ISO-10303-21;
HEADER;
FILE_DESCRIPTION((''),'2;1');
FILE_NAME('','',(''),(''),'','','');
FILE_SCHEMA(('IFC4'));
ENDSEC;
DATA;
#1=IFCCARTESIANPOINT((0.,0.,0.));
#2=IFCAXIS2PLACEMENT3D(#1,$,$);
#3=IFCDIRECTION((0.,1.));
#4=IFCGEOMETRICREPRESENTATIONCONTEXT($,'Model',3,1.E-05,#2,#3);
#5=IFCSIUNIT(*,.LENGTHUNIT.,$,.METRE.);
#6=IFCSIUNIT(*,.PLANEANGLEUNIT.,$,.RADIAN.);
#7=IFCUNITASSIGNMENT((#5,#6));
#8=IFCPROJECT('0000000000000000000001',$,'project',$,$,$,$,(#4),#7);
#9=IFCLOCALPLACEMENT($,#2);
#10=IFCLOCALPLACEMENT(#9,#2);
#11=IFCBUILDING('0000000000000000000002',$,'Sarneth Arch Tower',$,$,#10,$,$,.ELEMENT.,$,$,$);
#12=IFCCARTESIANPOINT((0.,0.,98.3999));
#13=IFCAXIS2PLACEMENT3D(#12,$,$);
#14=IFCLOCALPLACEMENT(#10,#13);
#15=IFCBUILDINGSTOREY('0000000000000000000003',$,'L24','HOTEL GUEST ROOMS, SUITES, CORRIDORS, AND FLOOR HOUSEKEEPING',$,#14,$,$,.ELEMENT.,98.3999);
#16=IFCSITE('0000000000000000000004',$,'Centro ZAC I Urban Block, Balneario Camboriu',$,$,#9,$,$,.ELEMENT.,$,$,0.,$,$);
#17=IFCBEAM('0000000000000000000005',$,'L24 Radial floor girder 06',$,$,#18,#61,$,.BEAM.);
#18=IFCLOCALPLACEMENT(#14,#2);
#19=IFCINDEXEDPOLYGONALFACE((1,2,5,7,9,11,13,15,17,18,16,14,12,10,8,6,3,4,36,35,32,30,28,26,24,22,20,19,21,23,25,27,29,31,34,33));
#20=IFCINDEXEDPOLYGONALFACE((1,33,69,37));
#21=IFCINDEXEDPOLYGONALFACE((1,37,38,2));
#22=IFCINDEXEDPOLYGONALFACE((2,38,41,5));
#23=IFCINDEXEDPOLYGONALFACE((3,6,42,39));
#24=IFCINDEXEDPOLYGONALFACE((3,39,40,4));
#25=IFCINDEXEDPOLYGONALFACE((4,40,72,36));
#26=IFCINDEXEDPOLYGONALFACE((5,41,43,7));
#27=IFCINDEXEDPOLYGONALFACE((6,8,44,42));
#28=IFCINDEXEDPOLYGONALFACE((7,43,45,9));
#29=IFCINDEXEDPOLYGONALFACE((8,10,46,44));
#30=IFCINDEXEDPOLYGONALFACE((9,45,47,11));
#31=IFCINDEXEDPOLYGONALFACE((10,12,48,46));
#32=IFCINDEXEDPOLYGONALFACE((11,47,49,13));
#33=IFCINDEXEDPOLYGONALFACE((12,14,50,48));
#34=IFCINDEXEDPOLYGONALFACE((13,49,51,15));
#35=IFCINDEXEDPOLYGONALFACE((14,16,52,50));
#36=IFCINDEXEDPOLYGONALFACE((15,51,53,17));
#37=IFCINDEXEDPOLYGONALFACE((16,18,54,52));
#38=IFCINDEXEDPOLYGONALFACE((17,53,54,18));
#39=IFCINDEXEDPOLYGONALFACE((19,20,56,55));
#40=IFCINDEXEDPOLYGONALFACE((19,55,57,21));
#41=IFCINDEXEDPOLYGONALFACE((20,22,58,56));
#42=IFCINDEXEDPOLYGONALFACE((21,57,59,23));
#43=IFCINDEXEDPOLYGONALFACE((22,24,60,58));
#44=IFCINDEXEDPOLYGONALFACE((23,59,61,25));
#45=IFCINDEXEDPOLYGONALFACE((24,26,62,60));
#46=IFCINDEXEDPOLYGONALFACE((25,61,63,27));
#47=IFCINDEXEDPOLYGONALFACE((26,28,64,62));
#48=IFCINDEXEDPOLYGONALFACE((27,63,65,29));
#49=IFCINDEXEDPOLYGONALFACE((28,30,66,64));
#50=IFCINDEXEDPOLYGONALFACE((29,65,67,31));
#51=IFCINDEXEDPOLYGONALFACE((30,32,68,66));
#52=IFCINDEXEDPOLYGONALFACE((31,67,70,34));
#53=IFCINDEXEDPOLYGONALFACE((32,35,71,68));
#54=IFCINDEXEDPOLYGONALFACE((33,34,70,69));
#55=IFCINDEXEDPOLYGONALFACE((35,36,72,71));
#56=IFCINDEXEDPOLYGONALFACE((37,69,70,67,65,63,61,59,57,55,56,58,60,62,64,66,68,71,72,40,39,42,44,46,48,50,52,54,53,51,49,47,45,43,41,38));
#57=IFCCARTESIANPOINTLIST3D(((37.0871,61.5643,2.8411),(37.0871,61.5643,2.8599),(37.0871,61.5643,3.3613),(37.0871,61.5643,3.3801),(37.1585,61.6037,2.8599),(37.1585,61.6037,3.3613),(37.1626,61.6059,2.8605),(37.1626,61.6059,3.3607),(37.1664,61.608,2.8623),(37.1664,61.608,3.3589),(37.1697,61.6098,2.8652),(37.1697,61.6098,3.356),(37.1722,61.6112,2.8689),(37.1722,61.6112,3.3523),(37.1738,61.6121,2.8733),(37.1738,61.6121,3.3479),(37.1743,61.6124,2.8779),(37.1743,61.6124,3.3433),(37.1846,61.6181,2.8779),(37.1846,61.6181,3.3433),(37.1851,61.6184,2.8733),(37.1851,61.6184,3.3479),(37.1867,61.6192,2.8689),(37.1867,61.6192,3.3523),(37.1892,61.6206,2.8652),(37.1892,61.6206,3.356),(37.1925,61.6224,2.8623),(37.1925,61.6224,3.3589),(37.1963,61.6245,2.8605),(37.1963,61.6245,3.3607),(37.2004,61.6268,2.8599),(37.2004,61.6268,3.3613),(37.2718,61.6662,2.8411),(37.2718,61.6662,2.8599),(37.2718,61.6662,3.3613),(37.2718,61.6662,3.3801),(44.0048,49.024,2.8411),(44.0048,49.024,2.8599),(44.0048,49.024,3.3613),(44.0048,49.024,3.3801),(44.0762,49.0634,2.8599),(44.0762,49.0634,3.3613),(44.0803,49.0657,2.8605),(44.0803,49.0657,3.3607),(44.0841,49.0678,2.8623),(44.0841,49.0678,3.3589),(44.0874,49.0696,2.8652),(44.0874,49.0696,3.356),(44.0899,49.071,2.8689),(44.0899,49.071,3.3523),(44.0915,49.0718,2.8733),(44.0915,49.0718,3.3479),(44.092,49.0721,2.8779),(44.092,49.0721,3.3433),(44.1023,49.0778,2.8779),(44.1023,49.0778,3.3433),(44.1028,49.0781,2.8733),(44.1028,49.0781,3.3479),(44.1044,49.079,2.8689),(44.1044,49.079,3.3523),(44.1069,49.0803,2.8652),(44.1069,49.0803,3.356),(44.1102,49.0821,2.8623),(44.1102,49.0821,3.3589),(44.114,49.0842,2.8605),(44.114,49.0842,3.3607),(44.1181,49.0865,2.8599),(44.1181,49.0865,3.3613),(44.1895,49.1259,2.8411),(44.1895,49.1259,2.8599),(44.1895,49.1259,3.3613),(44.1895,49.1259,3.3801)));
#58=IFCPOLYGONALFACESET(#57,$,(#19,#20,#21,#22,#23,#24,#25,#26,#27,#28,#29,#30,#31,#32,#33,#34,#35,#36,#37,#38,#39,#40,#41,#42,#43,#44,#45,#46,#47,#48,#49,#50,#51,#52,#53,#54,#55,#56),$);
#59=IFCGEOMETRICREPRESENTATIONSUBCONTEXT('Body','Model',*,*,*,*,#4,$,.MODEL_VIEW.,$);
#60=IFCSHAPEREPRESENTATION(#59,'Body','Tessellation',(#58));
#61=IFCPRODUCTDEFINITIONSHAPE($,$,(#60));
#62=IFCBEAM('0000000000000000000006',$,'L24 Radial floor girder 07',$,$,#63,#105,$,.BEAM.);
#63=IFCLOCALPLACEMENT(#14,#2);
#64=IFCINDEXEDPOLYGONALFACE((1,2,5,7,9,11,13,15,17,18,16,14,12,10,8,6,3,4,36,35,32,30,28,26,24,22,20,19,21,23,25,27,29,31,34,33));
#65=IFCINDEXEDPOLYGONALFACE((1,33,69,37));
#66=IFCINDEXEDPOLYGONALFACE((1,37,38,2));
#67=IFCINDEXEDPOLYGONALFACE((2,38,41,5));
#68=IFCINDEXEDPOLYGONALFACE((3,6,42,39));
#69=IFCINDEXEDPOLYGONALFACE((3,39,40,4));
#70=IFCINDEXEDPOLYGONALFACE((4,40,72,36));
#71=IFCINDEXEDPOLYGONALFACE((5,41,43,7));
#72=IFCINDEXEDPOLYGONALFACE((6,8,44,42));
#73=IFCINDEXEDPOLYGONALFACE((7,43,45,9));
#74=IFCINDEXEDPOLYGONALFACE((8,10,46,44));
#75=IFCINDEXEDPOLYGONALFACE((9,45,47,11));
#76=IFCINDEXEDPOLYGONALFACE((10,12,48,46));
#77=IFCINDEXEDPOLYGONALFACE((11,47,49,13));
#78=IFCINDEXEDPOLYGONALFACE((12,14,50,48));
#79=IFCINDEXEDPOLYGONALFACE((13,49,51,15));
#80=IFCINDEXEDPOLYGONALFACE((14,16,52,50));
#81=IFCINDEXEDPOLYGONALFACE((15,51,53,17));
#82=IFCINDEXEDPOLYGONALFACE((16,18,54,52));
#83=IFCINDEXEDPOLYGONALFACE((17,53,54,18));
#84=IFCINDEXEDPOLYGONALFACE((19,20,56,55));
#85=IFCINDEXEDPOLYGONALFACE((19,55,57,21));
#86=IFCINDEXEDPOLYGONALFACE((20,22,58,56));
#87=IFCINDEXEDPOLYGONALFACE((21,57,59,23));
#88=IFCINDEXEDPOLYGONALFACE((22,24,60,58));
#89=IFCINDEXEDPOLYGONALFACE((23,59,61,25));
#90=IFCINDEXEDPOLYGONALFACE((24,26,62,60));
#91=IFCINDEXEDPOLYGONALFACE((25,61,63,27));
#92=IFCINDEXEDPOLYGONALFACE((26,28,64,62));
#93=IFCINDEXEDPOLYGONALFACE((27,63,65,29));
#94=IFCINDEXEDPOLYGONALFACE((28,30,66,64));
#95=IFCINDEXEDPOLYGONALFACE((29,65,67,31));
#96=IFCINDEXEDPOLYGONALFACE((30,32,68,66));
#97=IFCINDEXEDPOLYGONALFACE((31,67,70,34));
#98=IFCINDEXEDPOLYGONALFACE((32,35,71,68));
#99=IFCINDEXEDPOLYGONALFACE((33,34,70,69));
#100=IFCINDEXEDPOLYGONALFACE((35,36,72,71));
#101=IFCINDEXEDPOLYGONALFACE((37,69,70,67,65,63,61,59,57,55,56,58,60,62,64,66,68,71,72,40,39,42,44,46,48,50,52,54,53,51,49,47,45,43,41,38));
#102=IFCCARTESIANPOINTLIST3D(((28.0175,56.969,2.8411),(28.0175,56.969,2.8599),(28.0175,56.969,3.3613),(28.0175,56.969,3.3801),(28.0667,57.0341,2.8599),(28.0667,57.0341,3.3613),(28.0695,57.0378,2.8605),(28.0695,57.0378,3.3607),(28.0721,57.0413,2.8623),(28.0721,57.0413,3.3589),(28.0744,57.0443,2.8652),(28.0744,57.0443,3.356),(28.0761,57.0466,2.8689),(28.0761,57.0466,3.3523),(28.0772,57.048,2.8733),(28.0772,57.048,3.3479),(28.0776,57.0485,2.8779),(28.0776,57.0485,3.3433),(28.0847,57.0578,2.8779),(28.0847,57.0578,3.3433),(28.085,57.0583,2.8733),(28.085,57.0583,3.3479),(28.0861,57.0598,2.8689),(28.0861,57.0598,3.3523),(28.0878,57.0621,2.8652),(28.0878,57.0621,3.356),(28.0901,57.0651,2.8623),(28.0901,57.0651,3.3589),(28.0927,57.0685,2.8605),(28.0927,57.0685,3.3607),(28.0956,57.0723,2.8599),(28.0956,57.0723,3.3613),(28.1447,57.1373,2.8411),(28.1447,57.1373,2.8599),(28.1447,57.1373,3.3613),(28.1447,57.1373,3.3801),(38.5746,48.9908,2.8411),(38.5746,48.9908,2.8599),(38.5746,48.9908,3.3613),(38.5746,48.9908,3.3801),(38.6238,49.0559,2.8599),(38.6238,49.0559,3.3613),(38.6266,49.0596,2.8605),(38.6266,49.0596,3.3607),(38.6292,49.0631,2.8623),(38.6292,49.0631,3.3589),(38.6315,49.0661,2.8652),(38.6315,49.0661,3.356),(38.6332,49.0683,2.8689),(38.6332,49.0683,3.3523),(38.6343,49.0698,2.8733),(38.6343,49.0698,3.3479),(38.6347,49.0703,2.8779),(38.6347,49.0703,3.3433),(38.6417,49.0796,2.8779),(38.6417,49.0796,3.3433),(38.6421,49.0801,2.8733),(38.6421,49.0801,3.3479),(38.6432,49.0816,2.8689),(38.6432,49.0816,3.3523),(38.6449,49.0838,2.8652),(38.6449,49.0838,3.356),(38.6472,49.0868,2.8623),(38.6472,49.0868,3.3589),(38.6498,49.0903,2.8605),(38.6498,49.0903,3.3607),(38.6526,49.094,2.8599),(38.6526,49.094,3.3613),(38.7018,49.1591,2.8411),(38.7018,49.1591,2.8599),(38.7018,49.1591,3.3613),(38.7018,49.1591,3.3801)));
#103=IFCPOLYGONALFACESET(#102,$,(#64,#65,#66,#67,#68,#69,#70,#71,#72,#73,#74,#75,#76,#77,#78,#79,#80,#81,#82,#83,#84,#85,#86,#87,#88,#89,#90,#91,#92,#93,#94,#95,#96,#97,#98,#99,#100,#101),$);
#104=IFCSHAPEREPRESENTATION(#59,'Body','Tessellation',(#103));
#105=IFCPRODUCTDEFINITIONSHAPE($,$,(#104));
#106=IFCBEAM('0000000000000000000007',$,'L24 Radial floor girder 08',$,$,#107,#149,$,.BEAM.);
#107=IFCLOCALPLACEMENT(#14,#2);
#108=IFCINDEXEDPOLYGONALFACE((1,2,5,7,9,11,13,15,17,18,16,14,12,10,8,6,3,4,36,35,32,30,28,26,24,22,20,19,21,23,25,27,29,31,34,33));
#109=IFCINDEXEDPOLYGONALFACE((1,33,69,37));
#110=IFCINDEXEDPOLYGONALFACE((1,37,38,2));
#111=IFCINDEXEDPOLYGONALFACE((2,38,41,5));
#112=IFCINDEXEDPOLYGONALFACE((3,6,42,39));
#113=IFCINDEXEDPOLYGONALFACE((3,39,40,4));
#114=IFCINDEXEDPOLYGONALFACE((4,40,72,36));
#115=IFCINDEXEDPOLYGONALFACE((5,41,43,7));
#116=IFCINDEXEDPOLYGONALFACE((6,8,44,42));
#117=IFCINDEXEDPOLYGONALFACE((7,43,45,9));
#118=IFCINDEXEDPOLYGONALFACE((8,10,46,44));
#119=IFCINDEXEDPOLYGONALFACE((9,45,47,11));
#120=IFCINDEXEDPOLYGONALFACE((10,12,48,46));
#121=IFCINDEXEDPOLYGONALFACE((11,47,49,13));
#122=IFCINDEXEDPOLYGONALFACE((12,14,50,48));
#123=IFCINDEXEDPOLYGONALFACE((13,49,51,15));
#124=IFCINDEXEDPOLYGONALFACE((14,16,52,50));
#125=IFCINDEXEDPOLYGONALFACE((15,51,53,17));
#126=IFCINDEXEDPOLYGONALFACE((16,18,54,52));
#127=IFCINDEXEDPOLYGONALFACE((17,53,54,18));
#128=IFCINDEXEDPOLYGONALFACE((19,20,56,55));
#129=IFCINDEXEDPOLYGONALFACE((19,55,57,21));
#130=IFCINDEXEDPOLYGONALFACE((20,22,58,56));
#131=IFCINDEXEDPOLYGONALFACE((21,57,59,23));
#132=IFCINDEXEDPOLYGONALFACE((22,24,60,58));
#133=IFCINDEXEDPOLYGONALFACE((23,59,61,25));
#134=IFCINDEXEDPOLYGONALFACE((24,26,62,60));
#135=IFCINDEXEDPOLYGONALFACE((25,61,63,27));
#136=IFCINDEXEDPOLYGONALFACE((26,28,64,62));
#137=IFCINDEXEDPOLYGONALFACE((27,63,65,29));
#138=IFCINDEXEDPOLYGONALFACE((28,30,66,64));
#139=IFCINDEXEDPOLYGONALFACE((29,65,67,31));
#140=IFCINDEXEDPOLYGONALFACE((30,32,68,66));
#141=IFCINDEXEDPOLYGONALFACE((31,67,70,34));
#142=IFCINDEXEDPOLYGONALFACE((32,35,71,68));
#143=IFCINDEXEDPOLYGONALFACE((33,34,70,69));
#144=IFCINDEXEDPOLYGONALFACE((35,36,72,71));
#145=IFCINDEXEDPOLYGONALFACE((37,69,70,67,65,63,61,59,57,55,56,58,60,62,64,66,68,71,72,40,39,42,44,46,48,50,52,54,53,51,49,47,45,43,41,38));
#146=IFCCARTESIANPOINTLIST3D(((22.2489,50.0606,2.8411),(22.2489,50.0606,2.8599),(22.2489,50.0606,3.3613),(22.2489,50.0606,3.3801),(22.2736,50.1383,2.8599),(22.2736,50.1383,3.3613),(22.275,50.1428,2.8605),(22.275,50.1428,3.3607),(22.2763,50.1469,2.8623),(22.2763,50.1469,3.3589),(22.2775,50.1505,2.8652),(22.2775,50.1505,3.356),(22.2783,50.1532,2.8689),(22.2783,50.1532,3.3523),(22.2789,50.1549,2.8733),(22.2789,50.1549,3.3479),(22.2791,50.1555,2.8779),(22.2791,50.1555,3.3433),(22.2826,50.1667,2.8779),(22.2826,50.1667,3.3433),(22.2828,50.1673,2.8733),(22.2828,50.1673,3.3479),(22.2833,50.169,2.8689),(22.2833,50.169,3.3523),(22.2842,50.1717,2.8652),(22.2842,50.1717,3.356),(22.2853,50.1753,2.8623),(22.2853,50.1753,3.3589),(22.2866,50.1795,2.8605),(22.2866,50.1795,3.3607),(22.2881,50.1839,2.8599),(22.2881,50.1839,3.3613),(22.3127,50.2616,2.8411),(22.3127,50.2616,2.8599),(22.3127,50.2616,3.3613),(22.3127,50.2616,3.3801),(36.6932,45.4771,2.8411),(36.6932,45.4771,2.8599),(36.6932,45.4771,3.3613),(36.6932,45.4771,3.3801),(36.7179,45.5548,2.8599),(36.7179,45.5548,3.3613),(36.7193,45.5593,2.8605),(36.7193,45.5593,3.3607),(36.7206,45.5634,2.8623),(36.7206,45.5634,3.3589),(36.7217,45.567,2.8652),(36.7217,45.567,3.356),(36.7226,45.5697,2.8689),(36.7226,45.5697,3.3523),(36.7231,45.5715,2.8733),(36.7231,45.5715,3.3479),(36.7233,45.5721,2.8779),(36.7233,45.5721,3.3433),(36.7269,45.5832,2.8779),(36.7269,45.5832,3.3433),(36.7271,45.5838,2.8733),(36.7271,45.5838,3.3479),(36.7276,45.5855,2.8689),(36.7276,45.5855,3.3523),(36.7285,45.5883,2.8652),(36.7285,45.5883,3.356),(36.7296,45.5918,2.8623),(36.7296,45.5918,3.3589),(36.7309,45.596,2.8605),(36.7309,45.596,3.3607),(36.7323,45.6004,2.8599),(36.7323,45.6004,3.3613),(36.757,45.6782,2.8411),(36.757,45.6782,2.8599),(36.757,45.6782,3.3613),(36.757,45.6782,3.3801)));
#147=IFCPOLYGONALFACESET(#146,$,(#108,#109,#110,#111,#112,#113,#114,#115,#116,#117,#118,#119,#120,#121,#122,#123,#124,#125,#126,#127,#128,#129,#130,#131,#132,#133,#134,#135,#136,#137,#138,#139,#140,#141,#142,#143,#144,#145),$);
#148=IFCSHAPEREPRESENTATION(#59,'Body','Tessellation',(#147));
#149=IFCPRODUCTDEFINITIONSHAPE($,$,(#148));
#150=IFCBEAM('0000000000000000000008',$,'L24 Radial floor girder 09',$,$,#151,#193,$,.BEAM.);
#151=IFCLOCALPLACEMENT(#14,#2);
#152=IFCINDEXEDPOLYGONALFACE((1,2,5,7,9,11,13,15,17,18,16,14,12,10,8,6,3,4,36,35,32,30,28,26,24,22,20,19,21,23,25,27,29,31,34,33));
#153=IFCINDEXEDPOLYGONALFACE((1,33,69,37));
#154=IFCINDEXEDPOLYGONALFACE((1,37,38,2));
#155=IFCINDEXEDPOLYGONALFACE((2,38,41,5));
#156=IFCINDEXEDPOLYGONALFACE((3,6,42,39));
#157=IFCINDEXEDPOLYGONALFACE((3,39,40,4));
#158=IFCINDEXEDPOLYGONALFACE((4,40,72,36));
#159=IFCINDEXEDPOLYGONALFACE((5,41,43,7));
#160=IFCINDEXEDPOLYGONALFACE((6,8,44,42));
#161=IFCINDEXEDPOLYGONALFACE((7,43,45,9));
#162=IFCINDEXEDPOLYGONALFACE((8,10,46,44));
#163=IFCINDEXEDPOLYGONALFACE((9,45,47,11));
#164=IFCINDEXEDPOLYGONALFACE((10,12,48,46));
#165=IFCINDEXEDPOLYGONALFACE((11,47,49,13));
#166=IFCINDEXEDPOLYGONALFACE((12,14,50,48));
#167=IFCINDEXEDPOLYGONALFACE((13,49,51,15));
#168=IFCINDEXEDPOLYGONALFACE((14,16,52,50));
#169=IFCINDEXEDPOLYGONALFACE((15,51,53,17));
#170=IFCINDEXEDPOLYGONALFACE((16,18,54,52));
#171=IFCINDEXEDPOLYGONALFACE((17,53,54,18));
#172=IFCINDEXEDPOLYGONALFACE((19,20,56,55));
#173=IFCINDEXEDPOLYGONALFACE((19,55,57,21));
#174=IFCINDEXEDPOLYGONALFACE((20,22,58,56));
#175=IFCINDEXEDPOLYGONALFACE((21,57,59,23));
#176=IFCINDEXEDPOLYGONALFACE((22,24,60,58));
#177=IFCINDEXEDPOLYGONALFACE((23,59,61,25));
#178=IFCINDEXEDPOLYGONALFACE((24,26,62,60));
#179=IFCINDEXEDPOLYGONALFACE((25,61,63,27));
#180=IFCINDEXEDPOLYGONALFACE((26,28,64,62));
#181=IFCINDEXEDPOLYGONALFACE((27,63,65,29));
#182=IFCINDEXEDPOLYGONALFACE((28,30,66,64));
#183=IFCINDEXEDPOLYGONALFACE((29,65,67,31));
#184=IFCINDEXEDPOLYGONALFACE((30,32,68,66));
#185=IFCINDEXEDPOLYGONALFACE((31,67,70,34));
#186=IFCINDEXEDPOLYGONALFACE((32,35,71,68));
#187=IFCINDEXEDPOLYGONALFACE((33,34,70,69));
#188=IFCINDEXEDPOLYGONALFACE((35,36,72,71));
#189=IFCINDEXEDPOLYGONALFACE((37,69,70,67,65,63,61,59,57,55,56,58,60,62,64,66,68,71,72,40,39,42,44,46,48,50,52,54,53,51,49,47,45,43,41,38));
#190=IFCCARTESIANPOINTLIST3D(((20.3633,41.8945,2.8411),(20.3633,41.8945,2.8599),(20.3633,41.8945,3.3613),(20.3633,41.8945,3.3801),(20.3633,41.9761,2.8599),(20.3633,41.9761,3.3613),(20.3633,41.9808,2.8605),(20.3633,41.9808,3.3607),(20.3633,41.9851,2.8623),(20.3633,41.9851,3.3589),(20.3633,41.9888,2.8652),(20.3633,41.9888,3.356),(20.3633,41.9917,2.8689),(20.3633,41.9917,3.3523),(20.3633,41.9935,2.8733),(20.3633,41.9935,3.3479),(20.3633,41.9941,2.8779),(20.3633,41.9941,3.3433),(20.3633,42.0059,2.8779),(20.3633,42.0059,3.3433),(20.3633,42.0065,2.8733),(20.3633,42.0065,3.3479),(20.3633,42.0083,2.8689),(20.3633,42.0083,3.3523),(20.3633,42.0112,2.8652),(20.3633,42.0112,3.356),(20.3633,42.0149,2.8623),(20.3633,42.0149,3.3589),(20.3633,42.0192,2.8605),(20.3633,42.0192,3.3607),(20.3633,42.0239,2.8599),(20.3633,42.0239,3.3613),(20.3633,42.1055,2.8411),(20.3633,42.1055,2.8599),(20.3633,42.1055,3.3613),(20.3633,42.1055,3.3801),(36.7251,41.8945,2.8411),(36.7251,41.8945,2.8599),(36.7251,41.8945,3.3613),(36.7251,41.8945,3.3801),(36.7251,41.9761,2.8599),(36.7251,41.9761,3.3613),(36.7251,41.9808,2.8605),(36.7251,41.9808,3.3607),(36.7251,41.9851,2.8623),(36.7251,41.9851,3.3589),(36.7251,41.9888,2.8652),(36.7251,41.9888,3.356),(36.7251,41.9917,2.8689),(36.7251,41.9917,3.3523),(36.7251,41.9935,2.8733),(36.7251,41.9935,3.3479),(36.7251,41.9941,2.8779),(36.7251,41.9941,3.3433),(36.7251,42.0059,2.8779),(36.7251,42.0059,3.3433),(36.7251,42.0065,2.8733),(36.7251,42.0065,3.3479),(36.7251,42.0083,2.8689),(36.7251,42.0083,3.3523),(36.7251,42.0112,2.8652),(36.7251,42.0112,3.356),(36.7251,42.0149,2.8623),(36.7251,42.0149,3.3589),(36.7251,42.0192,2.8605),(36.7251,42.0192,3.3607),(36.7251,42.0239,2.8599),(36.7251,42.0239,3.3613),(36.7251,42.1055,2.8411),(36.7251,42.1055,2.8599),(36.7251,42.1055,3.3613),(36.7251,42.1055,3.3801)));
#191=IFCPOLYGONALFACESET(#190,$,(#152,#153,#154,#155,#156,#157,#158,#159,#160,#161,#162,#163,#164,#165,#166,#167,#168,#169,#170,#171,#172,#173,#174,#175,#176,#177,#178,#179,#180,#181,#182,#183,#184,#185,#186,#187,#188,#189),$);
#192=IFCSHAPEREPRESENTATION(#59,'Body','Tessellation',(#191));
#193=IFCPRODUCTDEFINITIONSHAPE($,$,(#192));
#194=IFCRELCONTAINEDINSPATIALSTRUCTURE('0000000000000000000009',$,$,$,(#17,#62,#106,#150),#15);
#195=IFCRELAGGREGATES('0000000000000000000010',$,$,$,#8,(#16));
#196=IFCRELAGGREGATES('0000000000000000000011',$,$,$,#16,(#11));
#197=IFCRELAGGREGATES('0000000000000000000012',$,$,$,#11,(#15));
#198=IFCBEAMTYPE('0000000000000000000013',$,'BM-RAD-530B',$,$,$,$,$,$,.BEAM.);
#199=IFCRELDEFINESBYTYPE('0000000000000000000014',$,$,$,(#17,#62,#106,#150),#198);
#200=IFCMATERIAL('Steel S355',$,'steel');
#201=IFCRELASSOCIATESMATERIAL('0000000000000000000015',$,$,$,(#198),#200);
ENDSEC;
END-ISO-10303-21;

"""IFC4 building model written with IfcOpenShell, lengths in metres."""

from ifc_helpers import new_model, si_unit, direction, frame, origin, origin_2d, place, context, subcontext, project, spatial, i_section, extrude, material, material_profile, profile_set, type_object, element, save


model = new_model("IFC4")

# Units and contexts
model_context = context("Model", 3, precision=1e-05, world=origin(), true_north=direction((0.0, 1.0)))
body_context = subcontext(model_context, "Body", "Model", "MODEL_VIEW")
ifc_project = project(units=[si_unit("LENGTHUNIT", "METRE"), si_unit("PLANEANGLEUNIT", "RADIAN")], contexts=[model_context])

# Site, building, storey
site_placement = place(None, origin())
site = spatial("IfcSite", under=ifc_project, at=site_placement, Name="Centro ZAC I Urban Block, Balneario Camboriu", CompositionType="ELEMENT", RefElevation=0.0)
building_placement = place(site_placement, origin())
building = spatial("IfcBuilding", under=site, at=building_placement, Name="Sarneth Arch Tower", CompositionType="ELEMENT")
storey_placement = place(building_placement, frame((0.0, 0.0, 98.3999)))
storey = spatial("IfcBuildingStorey", under=building, at=storey_placement, Name="L24", Description="HOTEL GUEST ROOMS, SUITES, CORRIDORS, AND FLOOR HOUSEKEEPING", CompositionType="ELEMENT", Elevation=98.3999)

# Beams
ifc_material_1 = material(Name="Steel S355", Category="steel")
ifc_material_profile = material_profile(ifc_material_1, i_section(OverallWidth=0.2109, OverallDepth=0.5391, WebThickness=0.0117, FlangeThickness=0.0188, FilletRadius=0.0181, at=origin_2d()), Name="W530x109")
ifc_profile_set = profile_set([ifc_material_profile], Name="Steel S355")
beam_type = type_object("IfcBeamType", Name="BM-RAD-530B", PredefinedType="BEAM", material=ifc_profile_set)
beam_1_placement = place(storey_placement, frame((44.0972, 49.075, 3.1106), z_axis=(-0.483021, 0.875609, 0.0), x_axis=(-0.875609, -0.483021, 0.0)))
element("IfcBeam", 1, at=beam_1_placement, inside=storey, type_object=beam_type, Name="L24 Radial floor girder 06", PredefinedType="BEAM", context=body_context, shape_type="SweptSolid", body=[
    extrude(i_section(OverallWidth=0.2109, OverallDepth=0.5391, WebThickness=0.0117, FlangeThickness=0.0188, FilletRadius=0.0181, at=origin_2d()), origin(), (0.0, 0.0, 1.0), 14.3218),
])
beam_2_placement = place(storey_placement, frame((38.6382, 49.075, 3.1106), z_axis=(-0.797803, 0.602918, 0.0), x_axis=(-0.602918, -0.797803, 0.0)))
element("IfcBeam", 2, at=beam_2_placement, inside=storey, type_object=beam_type, Name="L24 Radial floor girder 07", PredefinedType="BEAM", context=body_context, shape_type="SweptSolid", body=[
    extrude(i_section(OverallWidth=0.2109, OverallDepth=0.5391, WebThickness=0.0117, FlangeThickness=0.0188, FilletRadius=0.0181, at=origin_2d()), origin(), (0.0, 0.0, 1.0), 13.2327),
])
beam_3_placement = place(storey_placement, frame((36.7251, 45.5776, 3.1106), z_axis=(-0.953162, 0.302459, 0.0), x_axis=(-0.302459, -0.953162, 0.0)))
element("IfcBeam", 3, at=beam_3_placement, inside=storey, type_object=beam_type, Name="L24 Radial floor girder 08", PredefinedType="BEAM", context=body_context, shape_type="SweptSolid", body=[
    extrude(i_section(OverallWidth=0.2109, OverallDepth=0.5391, WebThickness=0.0117, FlangeThickness=0.0188, FilletRadius=0.0181, at=origin_2d()), origin(), (0.0, 0.0, 1.0), 15.1541),
])
beam_4_placement = place(storey_placement, frame((36.7251, 42.0, 3.1106), z_axis=(-1.0, 0.0, 0.0), x_axis=(0.0, -1.0, 0.0)))
element("IfcBeam", 4, at=beam_4_placement, inside=storey, type_object=beam_type, Name="L24 Radial floor girder 09", PredefinedType="BEAM", context=body_context, shape_type="SweptSolid", body=[
    extrude(i_section(OverallWidth=0.2109, OverallDepth=0.5391, WebThickness=0.0117, FlangeThickness=0.0188, FilletRadius=0.0181, at=origin_2d()), origin(), (0.0, 0.0, 1.0), 16.3618),
])

save(model, "model.ifc")
